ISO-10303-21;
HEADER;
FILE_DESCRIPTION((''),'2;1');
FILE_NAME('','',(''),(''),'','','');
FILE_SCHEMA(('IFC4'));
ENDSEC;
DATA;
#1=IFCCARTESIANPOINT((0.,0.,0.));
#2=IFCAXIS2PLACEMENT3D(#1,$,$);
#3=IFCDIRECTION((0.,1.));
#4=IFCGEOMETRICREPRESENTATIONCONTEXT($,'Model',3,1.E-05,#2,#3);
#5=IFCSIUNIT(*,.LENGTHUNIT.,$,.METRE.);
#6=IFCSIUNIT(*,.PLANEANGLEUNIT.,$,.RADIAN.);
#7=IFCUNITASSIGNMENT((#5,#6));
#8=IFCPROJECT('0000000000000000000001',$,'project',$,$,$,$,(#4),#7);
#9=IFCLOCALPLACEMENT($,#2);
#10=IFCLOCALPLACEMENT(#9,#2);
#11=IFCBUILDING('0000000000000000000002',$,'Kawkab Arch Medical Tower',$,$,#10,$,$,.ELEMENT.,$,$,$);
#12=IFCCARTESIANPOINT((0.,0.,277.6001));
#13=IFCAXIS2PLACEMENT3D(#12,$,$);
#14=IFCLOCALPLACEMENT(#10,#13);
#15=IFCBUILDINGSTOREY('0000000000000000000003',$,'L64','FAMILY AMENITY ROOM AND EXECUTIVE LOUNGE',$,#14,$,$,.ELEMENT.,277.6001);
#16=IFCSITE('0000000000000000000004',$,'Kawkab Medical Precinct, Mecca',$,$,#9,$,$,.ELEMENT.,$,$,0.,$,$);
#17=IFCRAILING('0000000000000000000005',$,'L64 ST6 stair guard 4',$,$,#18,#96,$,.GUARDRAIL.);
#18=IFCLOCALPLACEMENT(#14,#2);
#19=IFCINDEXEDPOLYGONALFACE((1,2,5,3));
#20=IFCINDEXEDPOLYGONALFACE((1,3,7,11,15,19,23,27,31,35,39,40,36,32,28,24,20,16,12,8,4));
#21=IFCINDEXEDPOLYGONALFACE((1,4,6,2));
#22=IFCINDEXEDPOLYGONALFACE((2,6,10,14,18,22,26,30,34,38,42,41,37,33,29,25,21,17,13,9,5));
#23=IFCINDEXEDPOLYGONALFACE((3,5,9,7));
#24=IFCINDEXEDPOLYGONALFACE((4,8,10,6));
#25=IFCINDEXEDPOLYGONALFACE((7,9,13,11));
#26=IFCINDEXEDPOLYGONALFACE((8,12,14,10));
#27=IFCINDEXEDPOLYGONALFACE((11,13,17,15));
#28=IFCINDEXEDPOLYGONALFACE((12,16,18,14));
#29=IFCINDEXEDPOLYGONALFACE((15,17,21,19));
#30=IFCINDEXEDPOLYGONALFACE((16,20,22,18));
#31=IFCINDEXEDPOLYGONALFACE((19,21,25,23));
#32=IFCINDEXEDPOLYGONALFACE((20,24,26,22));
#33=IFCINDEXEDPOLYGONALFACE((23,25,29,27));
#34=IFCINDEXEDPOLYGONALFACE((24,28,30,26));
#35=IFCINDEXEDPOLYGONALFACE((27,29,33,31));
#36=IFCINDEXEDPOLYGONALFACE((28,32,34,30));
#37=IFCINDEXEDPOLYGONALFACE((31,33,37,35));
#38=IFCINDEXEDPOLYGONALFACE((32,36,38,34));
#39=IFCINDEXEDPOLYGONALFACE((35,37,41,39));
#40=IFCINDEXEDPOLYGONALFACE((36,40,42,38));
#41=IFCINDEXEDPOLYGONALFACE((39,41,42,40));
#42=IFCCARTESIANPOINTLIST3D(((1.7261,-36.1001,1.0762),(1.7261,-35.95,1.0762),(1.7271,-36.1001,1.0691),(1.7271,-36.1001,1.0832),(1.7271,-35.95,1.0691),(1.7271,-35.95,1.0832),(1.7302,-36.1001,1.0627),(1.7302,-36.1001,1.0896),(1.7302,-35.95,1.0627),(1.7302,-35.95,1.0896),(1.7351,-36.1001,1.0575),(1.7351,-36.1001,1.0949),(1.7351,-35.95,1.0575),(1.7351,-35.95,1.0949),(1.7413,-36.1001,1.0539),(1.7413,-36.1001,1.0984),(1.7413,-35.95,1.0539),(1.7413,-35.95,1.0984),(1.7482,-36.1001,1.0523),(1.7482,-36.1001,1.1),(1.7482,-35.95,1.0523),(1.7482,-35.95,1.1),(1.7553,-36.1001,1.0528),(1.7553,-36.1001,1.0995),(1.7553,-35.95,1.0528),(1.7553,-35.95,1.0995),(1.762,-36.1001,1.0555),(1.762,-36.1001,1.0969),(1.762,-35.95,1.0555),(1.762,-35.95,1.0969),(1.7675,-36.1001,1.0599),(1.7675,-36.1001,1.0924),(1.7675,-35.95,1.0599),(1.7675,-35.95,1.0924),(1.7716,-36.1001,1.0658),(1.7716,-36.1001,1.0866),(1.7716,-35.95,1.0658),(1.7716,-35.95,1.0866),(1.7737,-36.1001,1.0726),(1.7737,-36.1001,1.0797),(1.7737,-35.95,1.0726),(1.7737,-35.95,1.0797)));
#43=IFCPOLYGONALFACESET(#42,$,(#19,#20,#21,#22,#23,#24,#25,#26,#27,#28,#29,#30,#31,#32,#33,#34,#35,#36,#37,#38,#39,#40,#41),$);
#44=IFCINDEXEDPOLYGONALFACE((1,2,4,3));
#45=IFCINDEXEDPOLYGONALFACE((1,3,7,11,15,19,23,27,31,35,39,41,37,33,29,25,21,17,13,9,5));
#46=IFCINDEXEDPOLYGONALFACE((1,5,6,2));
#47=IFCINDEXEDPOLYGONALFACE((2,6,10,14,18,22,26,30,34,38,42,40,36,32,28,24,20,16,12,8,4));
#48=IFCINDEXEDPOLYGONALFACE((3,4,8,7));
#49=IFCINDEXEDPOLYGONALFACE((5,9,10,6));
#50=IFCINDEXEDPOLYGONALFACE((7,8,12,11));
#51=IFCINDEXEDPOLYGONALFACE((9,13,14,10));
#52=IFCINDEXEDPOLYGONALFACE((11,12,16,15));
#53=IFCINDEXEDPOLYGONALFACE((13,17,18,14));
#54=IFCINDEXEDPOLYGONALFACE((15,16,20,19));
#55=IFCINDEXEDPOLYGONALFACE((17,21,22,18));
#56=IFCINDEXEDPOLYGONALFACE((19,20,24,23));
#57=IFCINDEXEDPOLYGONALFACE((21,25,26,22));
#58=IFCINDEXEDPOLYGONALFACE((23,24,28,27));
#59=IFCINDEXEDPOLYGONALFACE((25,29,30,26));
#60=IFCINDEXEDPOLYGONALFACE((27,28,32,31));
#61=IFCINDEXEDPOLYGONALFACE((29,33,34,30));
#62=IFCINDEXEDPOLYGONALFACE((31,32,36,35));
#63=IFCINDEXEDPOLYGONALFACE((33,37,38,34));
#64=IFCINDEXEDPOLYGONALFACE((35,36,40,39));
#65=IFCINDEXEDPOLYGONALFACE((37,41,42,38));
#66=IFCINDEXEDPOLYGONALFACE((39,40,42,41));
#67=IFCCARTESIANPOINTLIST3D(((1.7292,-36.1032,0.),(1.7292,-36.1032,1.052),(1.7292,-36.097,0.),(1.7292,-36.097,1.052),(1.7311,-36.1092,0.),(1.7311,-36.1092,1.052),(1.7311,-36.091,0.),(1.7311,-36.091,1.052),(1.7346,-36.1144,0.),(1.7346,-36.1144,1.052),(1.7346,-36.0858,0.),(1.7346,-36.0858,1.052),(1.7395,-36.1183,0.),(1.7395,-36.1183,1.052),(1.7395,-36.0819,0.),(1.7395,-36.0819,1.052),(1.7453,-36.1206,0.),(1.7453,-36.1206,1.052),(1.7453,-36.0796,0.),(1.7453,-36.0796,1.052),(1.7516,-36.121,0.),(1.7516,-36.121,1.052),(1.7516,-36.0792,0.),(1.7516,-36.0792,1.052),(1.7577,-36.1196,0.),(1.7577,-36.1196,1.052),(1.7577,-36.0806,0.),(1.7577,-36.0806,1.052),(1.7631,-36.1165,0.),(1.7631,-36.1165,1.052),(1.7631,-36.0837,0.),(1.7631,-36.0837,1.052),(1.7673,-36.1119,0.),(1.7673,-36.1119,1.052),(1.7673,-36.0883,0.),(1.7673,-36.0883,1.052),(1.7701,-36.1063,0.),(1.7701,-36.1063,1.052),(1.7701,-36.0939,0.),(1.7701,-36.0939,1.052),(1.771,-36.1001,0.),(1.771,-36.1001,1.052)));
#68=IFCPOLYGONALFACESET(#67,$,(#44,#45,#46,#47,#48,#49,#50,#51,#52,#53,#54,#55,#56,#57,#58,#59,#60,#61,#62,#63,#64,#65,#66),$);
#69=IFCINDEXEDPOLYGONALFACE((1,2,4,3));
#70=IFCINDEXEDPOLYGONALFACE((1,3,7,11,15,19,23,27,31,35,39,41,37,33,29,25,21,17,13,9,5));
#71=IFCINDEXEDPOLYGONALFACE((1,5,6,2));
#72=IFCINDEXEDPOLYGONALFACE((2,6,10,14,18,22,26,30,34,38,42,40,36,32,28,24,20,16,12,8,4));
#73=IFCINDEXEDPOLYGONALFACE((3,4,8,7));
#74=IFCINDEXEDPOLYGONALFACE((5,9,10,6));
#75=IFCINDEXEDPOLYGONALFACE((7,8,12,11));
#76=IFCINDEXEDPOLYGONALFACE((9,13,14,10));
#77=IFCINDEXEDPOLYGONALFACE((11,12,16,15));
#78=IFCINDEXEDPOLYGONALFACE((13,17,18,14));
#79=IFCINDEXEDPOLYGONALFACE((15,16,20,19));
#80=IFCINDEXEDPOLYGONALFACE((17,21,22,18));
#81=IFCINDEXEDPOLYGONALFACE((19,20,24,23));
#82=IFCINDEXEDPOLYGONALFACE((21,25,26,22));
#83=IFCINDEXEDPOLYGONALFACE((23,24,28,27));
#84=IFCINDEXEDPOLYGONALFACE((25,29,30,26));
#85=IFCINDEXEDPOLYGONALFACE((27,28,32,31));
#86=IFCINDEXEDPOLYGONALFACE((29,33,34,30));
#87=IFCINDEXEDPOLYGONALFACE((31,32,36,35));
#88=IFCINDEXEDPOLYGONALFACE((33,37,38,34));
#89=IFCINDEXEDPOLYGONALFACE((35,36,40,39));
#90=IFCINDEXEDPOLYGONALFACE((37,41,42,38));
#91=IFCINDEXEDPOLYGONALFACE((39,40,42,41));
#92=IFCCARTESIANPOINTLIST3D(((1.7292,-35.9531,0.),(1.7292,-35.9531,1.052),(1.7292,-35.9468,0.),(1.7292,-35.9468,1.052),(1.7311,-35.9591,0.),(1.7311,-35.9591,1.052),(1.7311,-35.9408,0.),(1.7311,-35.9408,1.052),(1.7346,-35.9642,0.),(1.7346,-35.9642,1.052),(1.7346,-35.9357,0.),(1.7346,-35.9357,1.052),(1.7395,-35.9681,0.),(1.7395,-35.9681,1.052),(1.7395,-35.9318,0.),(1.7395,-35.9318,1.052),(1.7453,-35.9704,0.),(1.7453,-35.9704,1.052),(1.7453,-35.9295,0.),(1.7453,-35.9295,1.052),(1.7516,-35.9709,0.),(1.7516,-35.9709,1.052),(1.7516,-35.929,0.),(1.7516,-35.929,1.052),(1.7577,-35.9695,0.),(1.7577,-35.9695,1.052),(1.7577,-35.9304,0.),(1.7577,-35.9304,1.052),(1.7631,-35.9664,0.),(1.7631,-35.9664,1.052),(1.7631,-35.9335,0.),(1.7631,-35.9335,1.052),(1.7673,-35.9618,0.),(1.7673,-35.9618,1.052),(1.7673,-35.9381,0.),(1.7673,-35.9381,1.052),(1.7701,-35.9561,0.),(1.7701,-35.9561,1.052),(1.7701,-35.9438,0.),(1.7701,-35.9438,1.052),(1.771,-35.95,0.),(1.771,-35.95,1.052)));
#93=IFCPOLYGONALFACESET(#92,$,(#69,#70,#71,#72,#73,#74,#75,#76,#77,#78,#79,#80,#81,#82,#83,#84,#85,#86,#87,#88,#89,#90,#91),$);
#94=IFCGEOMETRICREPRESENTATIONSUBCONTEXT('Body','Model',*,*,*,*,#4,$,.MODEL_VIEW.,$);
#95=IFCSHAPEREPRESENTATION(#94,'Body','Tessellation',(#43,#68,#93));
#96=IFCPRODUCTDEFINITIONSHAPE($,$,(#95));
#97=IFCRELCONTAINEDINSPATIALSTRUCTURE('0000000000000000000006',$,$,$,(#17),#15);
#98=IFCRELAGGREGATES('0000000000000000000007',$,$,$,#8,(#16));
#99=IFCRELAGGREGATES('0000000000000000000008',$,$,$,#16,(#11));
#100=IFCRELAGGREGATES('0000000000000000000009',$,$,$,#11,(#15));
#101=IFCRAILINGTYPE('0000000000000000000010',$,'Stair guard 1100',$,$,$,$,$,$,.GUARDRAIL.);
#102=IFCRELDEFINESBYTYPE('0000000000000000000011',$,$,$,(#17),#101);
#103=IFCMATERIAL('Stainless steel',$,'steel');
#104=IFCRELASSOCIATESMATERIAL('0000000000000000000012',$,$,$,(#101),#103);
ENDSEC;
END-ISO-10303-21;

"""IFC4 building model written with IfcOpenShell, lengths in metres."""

from ifc_helpers import new_model, si_unit, direction, frame, origin, origin_2d, place, context, subcontext, project, spatial, circle, extrude, material, type_object, element, save


model = new_model("IFC4")

# Units and contexts
model_context = context("Model", 3, precision=1e-05, world=origin(), true_north=direction((0.0, 1.0)))
body_context = subcontext(model_context, "Body", "Model", "MODEL_VIEW")
ifc_project = project(units=[si_unit("LENGTHUNIT", "METRE"), si_unit("PLANEANGLEUNIT", "RADIAN")], contexts=[model_context])

# Site, building, storey
site_placement = place(None, origin())
site = spatial("IfcSite", under=ifc_project, at=site_placement, Name="Kawkab Medical Precinct, Mecca", CompositionType="ELEMENT", RefElevation=0.0)
building_placement = place(site_placement, origin())
building = spatial("IfcBuilding", under=site, at=building_placement, Name="Kawkab Arch Medical Tower", CompositionType="ELEMENT")
storey_placement = place(building_placement, frame((0.0, 0.0, 277.6001)))
storey = spatial("IfcBuildingStorey", under=building, at=storey_placement, Name="L64", Description="FAMILY AMENITY ROOM AND EXECUTIVE LOUNGE", CompositionType="ELEMENT", Elevation=277.6001)

# Railing
ifc_material_1 = material(Name="Stainless steel", Category="steel")
railing_type = type_object("IfcRailingType", Name="Stair guard 1100", PredefinedType="GUARDRAIL", material=ifc_material_1)
railing_1_placement = place(storey_placement, frame((1.75, -36.1001, 0.0)))
element("IfcRailing", 1, at=railing_1_placement, inside=storey, type_object=railing_type, Name="L64 ST6 stair guard 4", PredefinedType="GUARDRAIL", context=body_context, shape_type="SweptSolid", body=[
    extrude(circle(Radius=0.0239, at=origin_2d()), frame((0.0, 0.0, 1.0762), z_axis=(0.0, 1.0, 0.0), x_axis=(-1.0, 0.0, 0.0)), (0.0, 0.0, 1.0), 0.1501),
    extrude(circle(Radius=0.021, at=origin_2d()), origin(), (0.0, 0.0, 1.0), 1.052),
    extrude(circle(Radius=0.021, at=origin_2d()), frame((0.0, 0.1501, 0.0)), (0.0, 0.0, 1.0), 1.052),
])

save(model, "model.ifc")
